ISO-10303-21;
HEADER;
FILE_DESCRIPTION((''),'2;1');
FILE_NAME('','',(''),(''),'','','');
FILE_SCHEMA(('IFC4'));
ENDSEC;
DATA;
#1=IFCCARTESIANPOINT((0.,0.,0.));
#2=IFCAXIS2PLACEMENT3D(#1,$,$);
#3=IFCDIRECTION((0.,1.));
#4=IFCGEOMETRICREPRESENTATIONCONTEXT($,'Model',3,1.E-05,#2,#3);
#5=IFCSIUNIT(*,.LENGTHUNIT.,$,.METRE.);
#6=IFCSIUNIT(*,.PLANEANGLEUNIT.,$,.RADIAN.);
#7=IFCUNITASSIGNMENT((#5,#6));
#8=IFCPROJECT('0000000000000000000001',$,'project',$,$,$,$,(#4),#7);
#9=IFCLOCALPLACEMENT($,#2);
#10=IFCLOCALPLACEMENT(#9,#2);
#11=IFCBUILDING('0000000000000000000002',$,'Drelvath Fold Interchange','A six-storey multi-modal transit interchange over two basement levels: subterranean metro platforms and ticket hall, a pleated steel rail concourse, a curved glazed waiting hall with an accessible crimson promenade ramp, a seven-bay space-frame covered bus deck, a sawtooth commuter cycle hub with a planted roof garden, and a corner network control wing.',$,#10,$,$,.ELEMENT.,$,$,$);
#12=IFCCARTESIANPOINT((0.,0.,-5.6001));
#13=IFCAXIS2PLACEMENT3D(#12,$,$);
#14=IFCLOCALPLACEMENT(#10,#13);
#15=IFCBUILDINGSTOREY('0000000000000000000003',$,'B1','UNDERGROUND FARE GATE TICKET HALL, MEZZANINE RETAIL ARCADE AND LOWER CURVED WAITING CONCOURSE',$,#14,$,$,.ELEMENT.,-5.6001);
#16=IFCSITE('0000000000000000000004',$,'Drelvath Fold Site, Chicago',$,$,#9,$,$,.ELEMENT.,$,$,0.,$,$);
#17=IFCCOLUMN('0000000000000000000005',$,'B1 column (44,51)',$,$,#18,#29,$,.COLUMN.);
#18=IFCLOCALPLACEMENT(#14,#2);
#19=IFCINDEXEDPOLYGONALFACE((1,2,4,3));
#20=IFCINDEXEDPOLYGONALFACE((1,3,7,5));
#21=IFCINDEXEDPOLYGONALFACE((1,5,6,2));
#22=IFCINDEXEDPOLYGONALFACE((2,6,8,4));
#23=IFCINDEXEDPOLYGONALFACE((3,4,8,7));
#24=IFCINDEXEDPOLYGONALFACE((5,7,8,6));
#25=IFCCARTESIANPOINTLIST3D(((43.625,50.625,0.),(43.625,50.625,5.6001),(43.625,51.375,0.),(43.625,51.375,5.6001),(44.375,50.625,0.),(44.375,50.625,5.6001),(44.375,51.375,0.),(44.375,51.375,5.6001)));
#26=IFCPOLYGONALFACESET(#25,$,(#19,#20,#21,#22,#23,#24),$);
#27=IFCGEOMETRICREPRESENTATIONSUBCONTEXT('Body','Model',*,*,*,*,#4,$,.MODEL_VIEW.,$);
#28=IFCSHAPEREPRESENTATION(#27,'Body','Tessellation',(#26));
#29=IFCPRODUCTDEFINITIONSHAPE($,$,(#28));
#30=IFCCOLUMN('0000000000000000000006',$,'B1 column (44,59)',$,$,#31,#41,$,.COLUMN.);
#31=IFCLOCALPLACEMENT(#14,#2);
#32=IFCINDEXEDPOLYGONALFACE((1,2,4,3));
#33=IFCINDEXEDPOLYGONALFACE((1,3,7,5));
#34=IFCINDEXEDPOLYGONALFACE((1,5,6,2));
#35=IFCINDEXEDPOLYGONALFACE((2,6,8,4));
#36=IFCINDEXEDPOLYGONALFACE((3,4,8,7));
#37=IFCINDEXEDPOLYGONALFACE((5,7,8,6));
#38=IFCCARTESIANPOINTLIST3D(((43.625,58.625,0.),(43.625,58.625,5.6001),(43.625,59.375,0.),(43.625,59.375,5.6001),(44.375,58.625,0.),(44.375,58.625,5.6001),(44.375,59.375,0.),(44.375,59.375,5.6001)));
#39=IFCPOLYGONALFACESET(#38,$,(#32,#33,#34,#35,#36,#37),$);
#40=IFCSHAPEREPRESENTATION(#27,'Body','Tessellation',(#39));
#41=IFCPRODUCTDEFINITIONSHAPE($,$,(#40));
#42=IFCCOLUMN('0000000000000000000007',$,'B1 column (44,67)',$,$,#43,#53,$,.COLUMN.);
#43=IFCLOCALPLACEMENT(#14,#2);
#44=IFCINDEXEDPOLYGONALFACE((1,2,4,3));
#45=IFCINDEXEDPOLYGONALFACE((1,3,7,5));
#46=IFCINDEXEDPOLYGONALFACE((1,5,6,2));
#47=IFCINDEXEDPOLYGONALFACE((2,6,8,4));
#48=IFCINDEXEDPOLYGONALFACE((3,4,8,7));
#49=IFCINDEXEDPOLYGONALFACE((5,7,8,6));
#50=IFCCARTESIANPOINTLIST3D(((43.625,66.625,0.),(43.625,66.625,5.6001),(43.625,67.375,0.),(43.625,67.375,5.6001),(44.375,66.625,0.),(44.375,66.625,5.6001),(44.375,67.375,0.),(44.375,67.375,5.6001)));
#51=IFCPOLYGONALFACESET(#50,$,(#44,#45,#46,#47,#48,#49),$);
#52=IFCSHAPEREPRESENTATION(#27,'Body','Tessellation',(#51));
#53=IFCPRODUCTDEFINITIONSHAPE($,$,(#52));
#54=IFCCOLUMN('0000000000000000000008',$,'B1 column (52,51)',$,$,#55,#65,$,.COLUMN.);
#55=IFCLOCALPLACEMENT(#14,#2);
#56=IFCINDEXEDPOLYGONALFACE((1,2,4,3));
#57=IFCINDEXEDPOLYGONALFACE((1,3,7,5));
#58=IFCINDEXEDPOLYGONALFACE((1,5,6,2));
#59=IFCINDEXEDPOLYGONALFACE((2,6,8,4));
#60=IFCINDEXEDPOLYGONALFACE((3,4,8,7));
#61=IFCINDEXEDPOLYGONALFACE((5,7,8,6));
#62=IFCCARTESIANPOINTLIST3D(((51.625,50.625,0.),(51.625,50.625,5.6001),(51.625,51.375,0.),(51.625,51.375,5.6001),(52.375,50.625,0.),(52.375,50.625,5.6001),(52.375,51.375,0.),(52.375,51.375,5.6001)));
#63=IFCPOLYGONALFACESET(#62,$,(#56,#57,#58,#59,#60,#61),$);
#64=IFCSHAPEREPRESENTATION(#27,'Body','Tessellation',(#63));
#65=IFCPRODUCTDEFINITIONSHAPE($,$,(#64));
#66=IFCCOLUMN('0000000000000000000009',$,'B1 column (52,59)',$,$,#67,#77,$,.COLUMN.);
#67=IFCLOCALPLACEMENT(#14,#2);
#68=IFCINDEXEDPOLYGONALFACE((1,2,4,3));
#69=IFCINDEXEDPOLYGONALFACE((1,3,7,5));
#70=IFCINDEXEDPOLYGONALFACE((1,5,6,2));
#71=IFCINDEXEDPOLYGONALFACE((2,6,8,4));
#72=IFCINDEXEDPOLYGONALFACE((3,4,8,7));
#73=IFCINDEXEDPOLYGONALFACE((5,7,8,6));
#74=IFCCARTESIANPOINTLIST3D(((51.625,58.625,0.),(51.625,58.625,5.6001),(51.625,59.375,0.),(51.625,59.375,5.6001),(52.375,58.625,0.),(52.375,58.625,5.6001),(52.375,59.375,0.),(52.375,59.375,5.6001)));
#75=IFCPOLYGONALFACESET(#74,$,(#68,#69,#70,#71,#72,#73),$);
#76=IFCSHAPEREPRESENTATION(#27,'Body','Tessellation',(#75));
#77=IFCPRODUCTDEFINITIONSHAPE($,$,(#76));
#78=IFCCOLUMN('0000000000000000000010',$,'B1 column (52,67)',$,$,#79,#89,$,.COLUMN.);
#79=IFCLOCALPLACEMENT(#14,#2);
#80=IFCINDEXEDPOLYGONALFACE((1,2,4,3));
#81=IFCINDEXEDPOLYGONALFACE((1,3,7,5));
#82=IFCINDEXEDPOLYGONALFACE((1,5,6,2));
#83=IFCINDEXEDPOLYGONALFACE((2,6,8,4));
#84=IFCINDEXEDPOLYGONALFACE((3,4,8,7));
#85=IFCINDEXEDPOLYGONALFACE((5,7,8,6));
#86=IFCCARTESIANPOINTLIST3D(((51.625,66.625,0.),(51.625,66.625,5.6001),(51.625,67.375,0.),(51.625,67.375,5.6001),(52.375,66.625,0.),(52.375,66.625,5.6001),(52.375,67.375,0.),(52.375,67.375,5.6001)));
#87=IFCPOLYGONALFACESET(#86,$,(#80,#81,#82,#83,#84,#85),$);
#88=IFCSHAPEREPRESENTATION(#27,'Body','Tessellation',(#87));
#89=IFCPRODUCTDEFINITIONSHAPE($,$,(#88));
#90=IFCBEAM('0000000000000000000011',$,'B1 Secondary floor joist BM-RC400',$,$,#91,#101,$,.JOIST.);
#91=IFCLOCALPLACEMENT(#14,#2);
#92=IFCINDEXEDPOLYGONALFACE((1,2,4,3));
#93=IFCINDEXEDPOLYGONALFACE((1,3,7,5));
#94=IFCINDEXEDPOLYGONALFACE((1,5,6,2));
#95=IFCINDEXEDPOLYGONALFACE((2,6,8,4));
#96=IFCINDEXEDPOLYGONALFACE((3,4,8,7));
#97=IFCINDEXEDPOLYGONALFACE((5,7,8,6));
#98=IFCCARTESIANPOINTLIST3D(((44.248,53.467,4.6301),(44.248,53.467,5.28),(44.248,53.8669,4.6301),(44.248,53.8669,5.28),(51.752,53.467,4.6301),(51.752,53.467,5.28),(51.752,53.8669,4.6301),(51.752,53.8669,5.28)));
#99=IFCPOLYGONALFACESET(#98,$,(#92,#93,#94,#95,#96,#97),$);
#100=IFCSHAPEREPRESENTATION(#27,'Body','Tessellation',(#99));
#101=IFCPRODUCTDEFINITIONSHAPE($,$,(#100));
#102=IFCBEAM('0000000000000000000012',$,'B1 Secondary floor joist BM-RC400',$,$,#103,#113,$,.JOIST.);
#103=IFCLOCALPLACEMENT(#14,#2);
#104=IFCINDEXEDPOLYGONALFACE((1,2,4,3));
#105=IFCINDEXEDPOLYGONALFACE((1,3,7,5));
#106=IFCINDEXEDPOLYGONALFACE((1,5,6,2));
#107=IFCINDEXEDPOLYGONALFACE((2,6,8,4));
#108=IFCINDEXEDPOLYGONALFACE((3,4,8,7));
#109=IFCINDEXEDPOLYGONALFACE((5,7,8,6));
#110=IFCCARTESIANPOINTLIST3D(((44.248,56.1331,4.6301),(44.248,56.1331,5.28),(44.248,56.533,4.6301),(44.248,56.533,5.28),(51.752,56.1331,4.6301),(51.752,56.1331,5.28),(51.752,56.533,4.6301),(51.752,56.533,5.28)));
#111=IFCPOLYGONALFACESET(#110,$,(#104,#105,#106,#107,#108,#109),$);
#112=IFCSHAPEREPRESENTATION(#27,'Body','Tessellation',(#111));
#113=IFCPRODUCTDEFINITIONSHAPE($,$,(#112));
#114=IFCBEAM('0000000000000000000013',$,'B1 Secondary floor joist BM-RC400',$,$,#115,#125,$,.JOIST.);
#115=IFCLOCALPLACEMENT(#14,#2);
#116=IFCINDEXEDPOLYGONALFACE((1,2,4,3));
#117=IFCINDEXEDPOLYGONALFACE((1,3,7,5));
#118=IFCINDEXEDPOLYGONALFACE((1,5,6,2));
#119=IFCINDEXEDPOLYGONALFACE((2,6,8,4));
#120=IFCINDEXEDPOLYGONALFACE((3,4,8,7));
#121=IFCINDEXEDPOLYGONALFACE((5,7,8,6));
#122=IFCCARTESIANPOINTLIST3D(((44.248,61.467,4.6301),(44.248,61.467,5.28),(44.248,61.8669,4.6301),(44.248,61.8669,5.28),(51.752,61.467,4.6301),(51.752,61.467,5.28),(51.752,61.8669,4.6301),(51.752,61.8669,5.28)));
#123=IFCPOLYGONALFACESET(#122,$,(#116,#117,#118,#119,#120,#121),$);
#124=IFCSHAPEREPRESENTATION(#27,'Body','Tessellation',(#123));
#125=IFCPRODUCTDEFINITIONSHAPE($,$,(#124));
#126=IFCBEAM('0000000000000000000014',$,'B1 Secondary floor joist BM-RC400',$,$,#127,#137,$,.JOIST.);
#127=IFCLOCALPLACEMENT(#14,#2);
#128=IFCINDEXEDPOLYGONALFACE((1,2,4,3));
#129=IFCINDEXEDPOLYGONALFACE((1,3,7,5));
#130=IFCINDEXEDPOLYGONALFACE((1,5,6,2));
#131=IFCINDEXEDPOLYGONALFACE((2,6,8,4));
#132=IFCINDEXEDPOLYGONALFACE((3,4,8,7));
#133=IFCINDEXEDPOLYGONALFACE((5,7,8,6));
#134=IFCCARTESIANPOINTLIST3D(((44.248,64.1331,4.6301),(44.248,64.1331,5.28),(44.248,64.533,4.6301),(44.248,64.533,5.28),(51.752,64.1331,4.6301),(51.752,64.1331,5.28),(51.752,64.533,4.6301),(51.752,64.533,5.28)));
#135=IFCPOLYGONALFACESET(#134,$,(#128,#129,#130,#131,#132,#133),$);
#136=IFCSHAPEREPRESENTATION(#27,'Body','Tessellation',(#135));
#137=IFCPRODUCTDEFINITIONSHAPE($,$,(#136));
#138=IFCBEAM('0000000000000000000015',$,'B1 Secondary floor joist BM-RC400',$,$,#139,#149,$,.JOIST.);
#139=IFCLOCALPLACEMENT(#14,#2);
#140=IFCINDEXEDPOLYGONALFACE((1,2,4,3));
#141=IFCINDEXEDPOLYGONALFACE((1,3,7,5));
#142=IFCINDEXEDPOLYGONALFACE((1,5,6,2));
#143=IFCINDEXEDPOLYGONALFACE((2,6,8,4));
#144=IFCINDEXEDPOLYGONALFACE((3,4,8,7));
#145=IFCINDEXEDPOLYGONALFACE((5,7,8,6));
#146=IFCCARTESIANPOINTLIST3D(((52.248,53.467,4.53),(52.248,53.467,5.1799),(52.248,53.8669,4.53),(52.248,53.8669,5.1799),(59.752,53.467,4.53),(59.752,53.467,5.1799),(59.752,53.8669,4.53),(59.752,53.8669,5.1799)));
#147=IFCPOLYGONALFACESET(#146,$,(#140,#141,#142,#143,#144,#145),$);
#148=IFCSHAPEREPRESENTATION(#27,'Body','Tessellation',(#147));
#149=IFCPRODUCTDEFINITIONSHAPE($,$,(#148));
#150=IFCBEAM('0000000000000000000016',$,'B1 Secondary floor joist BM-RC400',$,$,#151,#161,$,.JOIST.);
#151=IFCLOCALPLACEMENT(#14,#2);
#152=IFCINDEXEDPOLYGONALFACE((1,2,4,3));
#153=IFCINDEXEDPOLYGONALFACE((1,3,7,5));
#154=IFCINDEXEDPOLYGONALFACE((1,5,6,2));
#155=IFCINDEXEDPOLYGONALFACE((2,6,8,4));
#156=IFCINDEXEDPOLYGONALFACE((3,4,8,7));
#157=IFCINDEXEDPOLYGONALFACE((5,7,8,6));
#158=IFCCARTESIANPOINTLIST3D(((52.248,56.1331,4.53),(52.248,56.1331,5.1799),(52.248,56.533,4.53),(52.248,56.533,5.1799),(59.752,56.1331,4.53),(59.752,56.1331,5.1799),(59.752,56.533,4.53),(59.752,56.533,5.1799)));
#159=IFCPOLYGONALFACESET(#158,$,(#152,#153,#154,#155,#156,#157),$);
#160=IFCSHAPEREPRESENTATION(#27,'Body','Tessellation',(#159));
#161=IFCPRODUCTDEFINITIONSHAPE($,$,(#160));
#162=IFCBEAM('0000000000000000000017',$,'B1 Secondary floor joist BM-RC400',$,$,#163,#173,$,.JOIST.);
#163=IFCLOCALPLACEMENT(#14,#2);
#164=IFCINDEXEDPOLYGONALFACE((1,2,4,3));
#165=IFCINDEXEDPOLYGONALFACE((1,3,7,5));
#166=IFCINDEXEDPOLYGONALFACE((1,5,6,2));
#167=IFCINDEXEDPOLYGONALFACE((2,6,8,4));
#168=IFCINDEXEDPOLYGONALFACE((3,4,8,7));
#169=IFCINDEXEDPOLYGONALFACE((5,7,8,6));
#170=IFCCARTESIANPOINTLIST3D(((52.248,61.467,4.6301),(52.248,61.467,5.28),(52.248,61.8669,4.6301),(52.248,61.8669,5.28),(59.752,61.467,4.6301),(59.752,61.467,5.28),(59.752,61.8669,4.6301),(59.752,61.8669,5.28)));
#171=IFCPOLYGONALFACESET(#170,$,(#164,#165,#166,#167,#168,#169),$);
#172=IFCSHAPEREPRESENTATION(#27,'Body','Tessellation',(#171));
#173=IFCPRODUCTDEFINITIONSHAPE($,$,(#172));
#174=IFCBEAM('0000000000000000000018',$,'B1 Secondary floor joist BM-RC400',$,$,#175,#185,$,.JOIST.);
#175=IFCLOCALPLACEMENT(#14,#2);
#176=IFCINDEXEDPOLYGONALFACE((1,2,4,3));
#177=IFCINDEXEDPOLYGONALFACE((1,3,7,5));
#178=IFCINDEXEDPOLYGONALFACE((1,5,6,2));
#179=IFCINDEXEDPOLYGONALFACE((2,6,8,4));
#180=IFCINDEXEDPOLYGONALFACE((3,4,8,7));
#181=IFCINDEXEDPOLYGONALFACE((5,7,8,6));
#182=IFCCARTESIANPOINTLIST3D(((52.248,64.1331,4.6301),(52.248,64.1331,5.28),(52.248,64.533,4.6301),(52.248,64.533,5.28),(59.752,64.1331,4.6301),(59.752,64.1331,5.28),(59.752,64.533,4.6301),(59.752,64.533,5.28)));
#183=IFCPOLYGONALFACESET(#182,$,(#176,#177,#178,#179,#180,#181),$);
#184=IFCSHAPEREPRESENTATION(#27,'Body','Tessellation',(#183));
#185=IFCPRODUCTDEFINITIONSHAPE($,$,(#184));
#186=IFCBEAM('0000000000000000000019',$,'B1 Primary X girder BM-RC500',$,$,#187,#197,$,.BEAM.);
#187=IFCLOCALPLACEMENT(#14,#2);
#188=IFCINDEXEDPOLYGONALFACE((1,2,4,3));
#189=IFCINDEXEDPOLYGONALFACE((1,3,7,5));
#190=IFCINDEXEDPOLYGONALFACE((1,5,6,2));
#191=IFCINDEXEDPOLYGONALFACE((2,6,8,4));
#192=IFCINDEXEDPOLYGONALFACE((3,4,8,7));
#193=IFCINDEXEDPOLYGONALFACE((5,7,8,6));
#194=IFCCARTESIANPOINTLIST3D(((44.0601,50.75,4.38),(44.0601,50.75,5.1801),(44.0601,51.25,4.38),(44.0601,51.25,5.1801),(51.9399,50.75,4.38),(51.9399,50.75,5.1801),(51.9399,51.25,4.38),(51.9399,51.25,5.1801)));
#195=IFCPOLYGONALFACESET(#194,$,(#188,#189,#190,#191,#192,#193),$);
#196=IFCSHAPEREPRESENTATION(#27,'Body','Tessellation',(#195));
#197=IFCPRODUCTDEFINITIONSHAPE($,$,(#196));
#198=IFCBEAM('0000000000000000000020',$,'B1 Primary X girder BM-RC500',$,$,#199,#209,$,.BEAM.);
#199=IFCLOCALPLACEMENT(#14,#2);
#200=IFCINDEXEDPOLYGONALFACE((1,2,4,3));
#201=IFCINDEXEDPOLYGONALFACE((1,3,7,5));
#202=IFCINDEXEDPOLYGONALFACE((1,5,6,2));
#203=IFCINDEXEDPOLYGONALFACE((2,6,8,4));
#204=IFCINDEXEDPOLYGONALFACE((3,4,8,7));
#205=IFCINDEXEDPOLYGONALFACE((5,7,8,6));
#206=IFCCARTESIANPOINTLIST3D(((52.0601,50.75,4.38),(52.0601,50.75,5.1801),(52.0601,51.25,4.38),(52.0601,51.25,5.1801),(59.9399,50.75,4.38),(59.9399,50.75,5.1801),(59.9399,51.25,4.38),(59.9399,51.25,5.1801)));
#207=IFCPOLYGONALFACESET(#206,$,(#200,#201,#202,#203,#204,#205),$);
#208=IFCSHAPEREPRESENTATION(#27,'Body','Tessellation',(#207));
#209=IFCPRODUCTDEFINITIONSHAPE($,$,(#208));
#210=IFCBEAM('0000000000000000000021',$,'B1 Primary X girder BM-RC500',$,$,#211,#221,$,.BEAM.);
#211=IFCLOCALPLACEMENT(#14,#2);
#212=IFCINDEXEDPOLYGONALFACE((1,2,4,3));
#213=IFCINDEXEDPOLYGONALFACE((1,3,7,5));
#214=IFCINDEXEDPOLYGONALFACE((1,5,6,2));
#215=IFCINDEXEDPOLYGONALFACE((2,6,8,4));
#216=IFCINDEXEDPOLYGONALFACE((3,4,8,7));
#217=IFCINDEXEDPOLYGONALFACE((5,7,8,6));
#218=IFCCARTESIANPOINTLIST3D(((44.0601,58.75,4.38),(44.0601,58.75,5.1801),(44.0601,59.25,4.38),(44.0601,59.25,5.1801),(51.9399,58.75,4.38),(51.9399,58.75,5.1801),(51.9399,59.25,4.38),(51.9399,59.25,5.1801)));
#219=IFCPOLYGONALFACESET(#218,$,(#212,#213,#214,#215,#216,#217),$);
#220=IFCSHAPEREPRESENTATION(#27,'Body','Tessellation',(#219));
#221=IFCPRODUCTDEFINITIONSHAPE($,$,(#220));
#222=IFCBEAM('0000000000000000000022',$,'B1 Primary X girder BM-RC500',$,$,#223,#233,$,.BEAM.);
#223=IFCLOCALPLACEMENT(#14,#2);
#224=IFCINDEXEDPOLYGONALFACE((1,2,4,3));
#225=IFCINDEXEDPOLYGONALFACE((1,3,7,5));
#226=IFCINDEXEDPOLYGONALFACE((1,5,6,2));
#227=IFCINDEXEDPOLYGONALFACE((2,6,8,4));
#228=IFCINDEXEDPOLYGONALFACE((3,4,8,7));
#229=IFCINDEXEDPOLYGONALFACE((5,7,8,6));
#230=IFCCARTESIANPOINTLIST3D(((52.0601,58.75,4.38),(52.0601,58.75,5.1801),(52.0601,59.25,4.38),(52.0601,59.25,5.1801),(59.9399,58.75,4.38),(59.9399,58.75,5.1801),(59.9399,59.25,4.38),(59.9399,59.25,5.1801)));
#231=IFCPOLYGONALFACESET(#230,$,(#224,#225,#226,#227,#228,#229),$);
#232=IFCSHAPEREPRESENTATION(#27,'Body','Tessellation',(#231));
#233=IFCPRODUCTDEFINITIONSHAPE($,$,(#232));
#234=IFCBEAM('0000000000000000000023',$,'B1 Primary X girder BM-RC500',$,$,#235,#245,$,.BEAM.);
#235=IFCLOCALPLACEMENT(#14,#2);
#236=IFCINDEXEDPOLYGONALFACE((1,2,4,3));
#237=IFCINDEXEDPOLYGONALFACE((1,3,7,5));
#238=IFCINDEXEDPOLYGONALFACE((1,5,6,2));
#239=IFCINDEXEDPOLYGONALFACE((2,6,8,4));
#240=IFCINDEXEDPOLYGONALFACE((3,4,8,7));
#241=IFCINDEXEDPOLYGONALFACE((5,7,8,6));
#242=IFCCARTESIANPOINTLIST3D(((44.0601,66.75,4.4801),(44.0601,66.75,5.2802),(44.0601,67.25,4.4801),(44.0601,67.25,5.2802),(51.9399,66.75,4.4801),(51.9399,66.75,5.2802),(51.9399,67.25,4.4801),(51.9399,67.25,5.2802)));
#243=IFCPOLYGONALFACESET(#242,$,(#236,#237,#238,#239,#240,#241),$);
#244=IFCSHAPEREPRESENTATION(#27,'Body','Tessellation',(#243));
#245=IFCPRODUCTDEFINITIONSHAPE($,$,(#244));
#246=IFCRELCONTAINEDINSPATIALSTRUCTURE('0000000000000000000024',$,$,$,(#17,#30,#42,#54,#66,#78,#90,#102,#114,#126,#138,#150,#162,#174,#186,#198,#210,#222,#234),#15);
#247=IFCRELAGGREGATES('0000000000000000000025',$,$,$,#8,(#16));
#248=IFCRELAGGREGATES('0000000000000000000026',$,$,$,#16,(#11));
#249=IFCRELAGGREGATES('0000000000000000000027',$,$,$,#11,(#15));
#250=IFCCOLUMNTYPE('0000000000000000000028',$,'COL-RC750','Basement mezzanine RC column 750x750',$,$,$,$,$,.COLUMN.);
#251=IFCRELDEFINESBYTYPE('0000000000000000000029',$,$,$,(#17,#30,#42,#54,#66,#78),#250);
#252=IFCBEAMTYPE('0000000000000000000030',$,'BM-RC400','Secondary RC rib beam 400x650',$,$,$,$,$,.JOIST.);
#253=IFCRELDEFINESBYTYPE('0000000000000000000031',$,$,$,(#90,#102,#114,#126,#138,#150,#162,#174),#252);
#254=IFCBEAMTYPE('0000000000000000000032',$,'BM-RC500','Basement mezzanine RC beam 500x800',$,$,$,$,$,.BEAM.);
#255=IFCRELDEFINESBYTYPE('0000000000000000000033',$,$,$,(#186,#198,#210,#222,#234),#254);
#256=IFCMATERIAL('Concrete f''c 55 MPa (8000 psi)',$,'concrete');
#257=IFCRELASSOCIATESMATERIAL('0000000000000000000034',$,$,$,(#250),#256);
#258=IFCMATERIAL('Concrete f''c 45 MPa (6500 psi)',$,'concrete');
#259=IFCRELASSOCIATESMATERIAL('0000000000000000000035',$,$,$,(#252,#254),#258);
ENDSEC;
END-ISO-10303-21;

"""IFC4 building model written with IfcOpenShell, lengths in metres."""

from ifc_helpers import new_model, si_unit, direction, frame, origin, origin_2d, place, context, subcontext, project, spatial, rectangle, extrude, material, material_profile, profile_set, type_object, element, save


model = new_model("IFC4")

# Units and contexts
model_context = context("Model", 3, precision=1e-05, world=origin(), true_north=direction((0.0, 1.0)))
body_context = subcontext(model_context, "Body", "Model", "MODEL_VIEW")
ifc_project = project(units=[si_unit("LENGTHUNIT", "METRE"), si_unit("PLANEANGLEUNIT", "RADIAN")], contexts=[model_context])

# Site, building, storey
site_placement = place(None, origin())
site = spatial("IfcSite", under=ifc_project, at=site_placement, Name="Drelvath Fold Site, Chicago", CompositionType="ELEMENT", RefElevation=0.0)
building_placement = place(site_placement, origin())
building = spatial("IfcBuilding", under=site, at=building_placement, Name="Drelvath Fold Interchange", Description="A six-storey multi-modal transit interchange over two basement levels: subterranean metro platforms and ticket hall, a pleated steel rail concourse, a curved glazed waiting hall with an accessible crimson promenade ramp, a seven-bay space-frame covered bus deck, a sawtooth commuter cycle hub with a planted roof garden, and a corner network control wing.", CompositionType="ELEMENT")
storey_placement = place(building_placement, frame((0.0, 0.0, -5.6001)))
storey = spatial("IfcBuildingStorey", under=building, at=storey_placement, Name="B1", Description="UNDERGROUND FARE GATE TICKET HALL, MEZZANINE RETAIL ARCADE AND LOWER CURVED WAITING CONCOURSE", CompositionType="ELEMENT", Elevation=-5.6001)

# Columns
ifc_material_1 = material(Name="Concrete f'c 55 MPa (8000 psi)", Category="concrete")
ifc_material_profile_1 = material_profile(ifc_material_1, rectangle(XDim=0.75, YDim=0.75, at=origin_2d()), Name="RC 750x750")
ifc_profile_set_1 = profile_set([ifc_material_profile_1], Name="Concrete f'c 55 MPa (8000 psi)")
column_type = type_object("IfcColumnType", Name="COL-RC750", Description="Basement mezzanine RC column 750x750", PredefinedType="COLUMN", material=ifc_profile_set_1)
for number, where, z_axis, x_axis, name in (
    (1, (44.0, 51.0, 0.0), (0.0, 0.0, 1.0), (1.0, 0.0, 0.0), "B1 column (44,51)"),
    (2, (44.0, 59.0, 0.0), (0.0, 0.0, 1.0), (1.0, 0.0, 0.0), "B1 column (44,59)"),
    (3, (44.0, 67.0, 0.0), (0.0, 0.0, 1.0), (1.0, 0.0, 0.0), "B1 column (44,67)"),
    (4, (52.0, 51.0, 0.0), (0.0, 0.0, 1.0), (1.0, 0.0, 0.0), "B1 column (52,51)"),
    (5, (52.0, 59.0, 0.0), (0.0, 0.0, 1.0), (1.0, 0.0, 0.0), "B1 column (52,59)"),
    (6, (52.0, 67.0, 0.0), (0.0, 0.0, 1.0), (1.0, 0.0, 0.0), "B1 column (52,67)"),
):
    element("IfcColumn", number, at=place(storey_placement, frame(where, z_axis=z_axis, x_axis=x_axis)), inside=storey, type_object=column_type, Name=name, PredefinedType="COLUMN", context=body_context, shape_type="SweptSolid", body=[
        extrude(rectangle(XDim=0.75, YDim=0.75, at=origin_2d()), origin(), (0.0, 0.0, 1.0), 5.6001),
    ])

# Beams
ifc_material_2 = material(Name="Concrete f'c 45 MPa (6500 psi)", Category="concrete")
ifc_material_profile_2 = material_profile(ifc_material_2, rectangle(XDim=0.3999, YDim=0.6499, at=origin_2d()), Name="RC 400x650")
ifc_profile_set_2 = profile_set([ifc_material_profile_2], Name="Concrete f'c 45 MPa (6500 psi)")
beam_type_1 = type_object("IfcBeamType", Name="BM-RC400", Description="Secondary RC rib beam 400x650", PredefinedType="JOIST", material=ifc_profile_set_2)
for number, where, z_axis, x_axis, name in (
    (7, (44.248, 53.667, 4.9551), (1.0, 0.0, 0.0), (0.0, 1.0, 0.0), "B1 Secondary floor joist BM-RC400"),
    (8, (44.248, 56.333, 4.9551), (1.0, 0.0, 0.0), (0.0, 1.0, 0.0), "B1 Secondary floor joist BM-RC400"),
    (9, (44.248, 61.667, 4.9551), (1.0, 0.0, 0.0), (0.0, 1.0, 0.0), "B1 Secondary floor joist BM-RC400"),
    (10, (44.248, 64.333, 4.9551), (1.0, 0.0, 0.0), (0.0, 1.0, 0.0), "B1 Secondary floor joist BM-RC400"),
    (11, (52.248, 53.667, 4.855), (1.0, 0.0, 0.0), (0.0, 1.0, 0.0), "B1 Secondary floor joist BM-RC400"),
    (12, (52.248, 56.333, 4.855), (1.0, 0.0, 0.0), (0.0, 1.0, 0.0), "B1 Secondary floor joist BM-RC400"),
    (13, (52.248, 61.667, 4.9551), (1.0, 0.0, 0.0), (0.0, 1.0, 0.0), "B1 Secondary floor joist BM-RC400"),
    (14, (52.248, 64.333, 4.9551), (1.0, 0.0, 0.0), (0.0, 1.0, 0.0), "B1 Secondary floor joist BM-RC400"),
):
    element("IfcBeam", number, at=place(storey_placement, frame(where, z_axis=z_axis, x_axis=x_axis)), inside=storey, type_object=beam_type_1, Name=name, PredefinedType="JOIST", context=body_context, shape_type="SweptSolid", body=[
        extrude(rectangle(XDim=0.3999, YDim=0.6499, at=origin_2d()), origin(), (0.0, 0.0, 1.0), 7.5039),
    ])
ifc_material_profile_3 = material_profile(ifc_material_2, rectangle(XDim=0.5, YDim=0.8, at=origin_2d()), Name="RC 500x800")
ifc_profile_set_3 = profile_set([ifc_material_profile_3], Name="Concrete f'c 45 MPa (6500 psi)")
beam_type_2 = type_object("IfcBeamType", Name="BM-RC500", Description="Basement mezzanine RC beam 500x800", PredefinedType="BEAM", material=ifc_profile_set_3)
for number, where, z_axis, x_axis, name in (
    (15, (44.0601, 51.0, 4.78), (1.0, 0.0, 0.0), (0.0, 1.0, 0.0), "B1 Primary X girder BM-RC500"),
    (16, (52.0601, 51.0, 4.78), (1.0, 0.0, 0.0), (0.0, 1.0, 0.0), "B1 Primary X girder BM-RC500"),
    (17, (44.0601, 59.0, 4.78), (1.0, 0.0, 0.0), (0.0, 1.0, 0.0), "B1 Primary X girder BM-RC500"),
    (18, (52.0601, 59.0, 4.78), (1.0, 0.0, 0.0), (0.0, 1.0, 0.0), "B1 Primary X girder BM-RC500"),
    (19, (44.0601, 67.0, 4.8801), (1.0, 0.0, 0.0), (0.0, 1.0, 0.0), "B1 Primary X girder BM-RC500"),
):
    element("IfcBeam", number, at=place(storey_placement, frame(where, z_axis=z_axis, x_axis=x_axis)), inside=storey, type_object=beam_type_2, Name=name, PredefinedType="BEAM", context=body_context, shape_type="SweptSolid", body=[
        extrude(rectangle(XDim=0.5, YDim=0.8, at=origin_2d()), origin(), (0.0, 0.0, 1.0), 7.8799),
    ])

save(model, "model.ifc")
